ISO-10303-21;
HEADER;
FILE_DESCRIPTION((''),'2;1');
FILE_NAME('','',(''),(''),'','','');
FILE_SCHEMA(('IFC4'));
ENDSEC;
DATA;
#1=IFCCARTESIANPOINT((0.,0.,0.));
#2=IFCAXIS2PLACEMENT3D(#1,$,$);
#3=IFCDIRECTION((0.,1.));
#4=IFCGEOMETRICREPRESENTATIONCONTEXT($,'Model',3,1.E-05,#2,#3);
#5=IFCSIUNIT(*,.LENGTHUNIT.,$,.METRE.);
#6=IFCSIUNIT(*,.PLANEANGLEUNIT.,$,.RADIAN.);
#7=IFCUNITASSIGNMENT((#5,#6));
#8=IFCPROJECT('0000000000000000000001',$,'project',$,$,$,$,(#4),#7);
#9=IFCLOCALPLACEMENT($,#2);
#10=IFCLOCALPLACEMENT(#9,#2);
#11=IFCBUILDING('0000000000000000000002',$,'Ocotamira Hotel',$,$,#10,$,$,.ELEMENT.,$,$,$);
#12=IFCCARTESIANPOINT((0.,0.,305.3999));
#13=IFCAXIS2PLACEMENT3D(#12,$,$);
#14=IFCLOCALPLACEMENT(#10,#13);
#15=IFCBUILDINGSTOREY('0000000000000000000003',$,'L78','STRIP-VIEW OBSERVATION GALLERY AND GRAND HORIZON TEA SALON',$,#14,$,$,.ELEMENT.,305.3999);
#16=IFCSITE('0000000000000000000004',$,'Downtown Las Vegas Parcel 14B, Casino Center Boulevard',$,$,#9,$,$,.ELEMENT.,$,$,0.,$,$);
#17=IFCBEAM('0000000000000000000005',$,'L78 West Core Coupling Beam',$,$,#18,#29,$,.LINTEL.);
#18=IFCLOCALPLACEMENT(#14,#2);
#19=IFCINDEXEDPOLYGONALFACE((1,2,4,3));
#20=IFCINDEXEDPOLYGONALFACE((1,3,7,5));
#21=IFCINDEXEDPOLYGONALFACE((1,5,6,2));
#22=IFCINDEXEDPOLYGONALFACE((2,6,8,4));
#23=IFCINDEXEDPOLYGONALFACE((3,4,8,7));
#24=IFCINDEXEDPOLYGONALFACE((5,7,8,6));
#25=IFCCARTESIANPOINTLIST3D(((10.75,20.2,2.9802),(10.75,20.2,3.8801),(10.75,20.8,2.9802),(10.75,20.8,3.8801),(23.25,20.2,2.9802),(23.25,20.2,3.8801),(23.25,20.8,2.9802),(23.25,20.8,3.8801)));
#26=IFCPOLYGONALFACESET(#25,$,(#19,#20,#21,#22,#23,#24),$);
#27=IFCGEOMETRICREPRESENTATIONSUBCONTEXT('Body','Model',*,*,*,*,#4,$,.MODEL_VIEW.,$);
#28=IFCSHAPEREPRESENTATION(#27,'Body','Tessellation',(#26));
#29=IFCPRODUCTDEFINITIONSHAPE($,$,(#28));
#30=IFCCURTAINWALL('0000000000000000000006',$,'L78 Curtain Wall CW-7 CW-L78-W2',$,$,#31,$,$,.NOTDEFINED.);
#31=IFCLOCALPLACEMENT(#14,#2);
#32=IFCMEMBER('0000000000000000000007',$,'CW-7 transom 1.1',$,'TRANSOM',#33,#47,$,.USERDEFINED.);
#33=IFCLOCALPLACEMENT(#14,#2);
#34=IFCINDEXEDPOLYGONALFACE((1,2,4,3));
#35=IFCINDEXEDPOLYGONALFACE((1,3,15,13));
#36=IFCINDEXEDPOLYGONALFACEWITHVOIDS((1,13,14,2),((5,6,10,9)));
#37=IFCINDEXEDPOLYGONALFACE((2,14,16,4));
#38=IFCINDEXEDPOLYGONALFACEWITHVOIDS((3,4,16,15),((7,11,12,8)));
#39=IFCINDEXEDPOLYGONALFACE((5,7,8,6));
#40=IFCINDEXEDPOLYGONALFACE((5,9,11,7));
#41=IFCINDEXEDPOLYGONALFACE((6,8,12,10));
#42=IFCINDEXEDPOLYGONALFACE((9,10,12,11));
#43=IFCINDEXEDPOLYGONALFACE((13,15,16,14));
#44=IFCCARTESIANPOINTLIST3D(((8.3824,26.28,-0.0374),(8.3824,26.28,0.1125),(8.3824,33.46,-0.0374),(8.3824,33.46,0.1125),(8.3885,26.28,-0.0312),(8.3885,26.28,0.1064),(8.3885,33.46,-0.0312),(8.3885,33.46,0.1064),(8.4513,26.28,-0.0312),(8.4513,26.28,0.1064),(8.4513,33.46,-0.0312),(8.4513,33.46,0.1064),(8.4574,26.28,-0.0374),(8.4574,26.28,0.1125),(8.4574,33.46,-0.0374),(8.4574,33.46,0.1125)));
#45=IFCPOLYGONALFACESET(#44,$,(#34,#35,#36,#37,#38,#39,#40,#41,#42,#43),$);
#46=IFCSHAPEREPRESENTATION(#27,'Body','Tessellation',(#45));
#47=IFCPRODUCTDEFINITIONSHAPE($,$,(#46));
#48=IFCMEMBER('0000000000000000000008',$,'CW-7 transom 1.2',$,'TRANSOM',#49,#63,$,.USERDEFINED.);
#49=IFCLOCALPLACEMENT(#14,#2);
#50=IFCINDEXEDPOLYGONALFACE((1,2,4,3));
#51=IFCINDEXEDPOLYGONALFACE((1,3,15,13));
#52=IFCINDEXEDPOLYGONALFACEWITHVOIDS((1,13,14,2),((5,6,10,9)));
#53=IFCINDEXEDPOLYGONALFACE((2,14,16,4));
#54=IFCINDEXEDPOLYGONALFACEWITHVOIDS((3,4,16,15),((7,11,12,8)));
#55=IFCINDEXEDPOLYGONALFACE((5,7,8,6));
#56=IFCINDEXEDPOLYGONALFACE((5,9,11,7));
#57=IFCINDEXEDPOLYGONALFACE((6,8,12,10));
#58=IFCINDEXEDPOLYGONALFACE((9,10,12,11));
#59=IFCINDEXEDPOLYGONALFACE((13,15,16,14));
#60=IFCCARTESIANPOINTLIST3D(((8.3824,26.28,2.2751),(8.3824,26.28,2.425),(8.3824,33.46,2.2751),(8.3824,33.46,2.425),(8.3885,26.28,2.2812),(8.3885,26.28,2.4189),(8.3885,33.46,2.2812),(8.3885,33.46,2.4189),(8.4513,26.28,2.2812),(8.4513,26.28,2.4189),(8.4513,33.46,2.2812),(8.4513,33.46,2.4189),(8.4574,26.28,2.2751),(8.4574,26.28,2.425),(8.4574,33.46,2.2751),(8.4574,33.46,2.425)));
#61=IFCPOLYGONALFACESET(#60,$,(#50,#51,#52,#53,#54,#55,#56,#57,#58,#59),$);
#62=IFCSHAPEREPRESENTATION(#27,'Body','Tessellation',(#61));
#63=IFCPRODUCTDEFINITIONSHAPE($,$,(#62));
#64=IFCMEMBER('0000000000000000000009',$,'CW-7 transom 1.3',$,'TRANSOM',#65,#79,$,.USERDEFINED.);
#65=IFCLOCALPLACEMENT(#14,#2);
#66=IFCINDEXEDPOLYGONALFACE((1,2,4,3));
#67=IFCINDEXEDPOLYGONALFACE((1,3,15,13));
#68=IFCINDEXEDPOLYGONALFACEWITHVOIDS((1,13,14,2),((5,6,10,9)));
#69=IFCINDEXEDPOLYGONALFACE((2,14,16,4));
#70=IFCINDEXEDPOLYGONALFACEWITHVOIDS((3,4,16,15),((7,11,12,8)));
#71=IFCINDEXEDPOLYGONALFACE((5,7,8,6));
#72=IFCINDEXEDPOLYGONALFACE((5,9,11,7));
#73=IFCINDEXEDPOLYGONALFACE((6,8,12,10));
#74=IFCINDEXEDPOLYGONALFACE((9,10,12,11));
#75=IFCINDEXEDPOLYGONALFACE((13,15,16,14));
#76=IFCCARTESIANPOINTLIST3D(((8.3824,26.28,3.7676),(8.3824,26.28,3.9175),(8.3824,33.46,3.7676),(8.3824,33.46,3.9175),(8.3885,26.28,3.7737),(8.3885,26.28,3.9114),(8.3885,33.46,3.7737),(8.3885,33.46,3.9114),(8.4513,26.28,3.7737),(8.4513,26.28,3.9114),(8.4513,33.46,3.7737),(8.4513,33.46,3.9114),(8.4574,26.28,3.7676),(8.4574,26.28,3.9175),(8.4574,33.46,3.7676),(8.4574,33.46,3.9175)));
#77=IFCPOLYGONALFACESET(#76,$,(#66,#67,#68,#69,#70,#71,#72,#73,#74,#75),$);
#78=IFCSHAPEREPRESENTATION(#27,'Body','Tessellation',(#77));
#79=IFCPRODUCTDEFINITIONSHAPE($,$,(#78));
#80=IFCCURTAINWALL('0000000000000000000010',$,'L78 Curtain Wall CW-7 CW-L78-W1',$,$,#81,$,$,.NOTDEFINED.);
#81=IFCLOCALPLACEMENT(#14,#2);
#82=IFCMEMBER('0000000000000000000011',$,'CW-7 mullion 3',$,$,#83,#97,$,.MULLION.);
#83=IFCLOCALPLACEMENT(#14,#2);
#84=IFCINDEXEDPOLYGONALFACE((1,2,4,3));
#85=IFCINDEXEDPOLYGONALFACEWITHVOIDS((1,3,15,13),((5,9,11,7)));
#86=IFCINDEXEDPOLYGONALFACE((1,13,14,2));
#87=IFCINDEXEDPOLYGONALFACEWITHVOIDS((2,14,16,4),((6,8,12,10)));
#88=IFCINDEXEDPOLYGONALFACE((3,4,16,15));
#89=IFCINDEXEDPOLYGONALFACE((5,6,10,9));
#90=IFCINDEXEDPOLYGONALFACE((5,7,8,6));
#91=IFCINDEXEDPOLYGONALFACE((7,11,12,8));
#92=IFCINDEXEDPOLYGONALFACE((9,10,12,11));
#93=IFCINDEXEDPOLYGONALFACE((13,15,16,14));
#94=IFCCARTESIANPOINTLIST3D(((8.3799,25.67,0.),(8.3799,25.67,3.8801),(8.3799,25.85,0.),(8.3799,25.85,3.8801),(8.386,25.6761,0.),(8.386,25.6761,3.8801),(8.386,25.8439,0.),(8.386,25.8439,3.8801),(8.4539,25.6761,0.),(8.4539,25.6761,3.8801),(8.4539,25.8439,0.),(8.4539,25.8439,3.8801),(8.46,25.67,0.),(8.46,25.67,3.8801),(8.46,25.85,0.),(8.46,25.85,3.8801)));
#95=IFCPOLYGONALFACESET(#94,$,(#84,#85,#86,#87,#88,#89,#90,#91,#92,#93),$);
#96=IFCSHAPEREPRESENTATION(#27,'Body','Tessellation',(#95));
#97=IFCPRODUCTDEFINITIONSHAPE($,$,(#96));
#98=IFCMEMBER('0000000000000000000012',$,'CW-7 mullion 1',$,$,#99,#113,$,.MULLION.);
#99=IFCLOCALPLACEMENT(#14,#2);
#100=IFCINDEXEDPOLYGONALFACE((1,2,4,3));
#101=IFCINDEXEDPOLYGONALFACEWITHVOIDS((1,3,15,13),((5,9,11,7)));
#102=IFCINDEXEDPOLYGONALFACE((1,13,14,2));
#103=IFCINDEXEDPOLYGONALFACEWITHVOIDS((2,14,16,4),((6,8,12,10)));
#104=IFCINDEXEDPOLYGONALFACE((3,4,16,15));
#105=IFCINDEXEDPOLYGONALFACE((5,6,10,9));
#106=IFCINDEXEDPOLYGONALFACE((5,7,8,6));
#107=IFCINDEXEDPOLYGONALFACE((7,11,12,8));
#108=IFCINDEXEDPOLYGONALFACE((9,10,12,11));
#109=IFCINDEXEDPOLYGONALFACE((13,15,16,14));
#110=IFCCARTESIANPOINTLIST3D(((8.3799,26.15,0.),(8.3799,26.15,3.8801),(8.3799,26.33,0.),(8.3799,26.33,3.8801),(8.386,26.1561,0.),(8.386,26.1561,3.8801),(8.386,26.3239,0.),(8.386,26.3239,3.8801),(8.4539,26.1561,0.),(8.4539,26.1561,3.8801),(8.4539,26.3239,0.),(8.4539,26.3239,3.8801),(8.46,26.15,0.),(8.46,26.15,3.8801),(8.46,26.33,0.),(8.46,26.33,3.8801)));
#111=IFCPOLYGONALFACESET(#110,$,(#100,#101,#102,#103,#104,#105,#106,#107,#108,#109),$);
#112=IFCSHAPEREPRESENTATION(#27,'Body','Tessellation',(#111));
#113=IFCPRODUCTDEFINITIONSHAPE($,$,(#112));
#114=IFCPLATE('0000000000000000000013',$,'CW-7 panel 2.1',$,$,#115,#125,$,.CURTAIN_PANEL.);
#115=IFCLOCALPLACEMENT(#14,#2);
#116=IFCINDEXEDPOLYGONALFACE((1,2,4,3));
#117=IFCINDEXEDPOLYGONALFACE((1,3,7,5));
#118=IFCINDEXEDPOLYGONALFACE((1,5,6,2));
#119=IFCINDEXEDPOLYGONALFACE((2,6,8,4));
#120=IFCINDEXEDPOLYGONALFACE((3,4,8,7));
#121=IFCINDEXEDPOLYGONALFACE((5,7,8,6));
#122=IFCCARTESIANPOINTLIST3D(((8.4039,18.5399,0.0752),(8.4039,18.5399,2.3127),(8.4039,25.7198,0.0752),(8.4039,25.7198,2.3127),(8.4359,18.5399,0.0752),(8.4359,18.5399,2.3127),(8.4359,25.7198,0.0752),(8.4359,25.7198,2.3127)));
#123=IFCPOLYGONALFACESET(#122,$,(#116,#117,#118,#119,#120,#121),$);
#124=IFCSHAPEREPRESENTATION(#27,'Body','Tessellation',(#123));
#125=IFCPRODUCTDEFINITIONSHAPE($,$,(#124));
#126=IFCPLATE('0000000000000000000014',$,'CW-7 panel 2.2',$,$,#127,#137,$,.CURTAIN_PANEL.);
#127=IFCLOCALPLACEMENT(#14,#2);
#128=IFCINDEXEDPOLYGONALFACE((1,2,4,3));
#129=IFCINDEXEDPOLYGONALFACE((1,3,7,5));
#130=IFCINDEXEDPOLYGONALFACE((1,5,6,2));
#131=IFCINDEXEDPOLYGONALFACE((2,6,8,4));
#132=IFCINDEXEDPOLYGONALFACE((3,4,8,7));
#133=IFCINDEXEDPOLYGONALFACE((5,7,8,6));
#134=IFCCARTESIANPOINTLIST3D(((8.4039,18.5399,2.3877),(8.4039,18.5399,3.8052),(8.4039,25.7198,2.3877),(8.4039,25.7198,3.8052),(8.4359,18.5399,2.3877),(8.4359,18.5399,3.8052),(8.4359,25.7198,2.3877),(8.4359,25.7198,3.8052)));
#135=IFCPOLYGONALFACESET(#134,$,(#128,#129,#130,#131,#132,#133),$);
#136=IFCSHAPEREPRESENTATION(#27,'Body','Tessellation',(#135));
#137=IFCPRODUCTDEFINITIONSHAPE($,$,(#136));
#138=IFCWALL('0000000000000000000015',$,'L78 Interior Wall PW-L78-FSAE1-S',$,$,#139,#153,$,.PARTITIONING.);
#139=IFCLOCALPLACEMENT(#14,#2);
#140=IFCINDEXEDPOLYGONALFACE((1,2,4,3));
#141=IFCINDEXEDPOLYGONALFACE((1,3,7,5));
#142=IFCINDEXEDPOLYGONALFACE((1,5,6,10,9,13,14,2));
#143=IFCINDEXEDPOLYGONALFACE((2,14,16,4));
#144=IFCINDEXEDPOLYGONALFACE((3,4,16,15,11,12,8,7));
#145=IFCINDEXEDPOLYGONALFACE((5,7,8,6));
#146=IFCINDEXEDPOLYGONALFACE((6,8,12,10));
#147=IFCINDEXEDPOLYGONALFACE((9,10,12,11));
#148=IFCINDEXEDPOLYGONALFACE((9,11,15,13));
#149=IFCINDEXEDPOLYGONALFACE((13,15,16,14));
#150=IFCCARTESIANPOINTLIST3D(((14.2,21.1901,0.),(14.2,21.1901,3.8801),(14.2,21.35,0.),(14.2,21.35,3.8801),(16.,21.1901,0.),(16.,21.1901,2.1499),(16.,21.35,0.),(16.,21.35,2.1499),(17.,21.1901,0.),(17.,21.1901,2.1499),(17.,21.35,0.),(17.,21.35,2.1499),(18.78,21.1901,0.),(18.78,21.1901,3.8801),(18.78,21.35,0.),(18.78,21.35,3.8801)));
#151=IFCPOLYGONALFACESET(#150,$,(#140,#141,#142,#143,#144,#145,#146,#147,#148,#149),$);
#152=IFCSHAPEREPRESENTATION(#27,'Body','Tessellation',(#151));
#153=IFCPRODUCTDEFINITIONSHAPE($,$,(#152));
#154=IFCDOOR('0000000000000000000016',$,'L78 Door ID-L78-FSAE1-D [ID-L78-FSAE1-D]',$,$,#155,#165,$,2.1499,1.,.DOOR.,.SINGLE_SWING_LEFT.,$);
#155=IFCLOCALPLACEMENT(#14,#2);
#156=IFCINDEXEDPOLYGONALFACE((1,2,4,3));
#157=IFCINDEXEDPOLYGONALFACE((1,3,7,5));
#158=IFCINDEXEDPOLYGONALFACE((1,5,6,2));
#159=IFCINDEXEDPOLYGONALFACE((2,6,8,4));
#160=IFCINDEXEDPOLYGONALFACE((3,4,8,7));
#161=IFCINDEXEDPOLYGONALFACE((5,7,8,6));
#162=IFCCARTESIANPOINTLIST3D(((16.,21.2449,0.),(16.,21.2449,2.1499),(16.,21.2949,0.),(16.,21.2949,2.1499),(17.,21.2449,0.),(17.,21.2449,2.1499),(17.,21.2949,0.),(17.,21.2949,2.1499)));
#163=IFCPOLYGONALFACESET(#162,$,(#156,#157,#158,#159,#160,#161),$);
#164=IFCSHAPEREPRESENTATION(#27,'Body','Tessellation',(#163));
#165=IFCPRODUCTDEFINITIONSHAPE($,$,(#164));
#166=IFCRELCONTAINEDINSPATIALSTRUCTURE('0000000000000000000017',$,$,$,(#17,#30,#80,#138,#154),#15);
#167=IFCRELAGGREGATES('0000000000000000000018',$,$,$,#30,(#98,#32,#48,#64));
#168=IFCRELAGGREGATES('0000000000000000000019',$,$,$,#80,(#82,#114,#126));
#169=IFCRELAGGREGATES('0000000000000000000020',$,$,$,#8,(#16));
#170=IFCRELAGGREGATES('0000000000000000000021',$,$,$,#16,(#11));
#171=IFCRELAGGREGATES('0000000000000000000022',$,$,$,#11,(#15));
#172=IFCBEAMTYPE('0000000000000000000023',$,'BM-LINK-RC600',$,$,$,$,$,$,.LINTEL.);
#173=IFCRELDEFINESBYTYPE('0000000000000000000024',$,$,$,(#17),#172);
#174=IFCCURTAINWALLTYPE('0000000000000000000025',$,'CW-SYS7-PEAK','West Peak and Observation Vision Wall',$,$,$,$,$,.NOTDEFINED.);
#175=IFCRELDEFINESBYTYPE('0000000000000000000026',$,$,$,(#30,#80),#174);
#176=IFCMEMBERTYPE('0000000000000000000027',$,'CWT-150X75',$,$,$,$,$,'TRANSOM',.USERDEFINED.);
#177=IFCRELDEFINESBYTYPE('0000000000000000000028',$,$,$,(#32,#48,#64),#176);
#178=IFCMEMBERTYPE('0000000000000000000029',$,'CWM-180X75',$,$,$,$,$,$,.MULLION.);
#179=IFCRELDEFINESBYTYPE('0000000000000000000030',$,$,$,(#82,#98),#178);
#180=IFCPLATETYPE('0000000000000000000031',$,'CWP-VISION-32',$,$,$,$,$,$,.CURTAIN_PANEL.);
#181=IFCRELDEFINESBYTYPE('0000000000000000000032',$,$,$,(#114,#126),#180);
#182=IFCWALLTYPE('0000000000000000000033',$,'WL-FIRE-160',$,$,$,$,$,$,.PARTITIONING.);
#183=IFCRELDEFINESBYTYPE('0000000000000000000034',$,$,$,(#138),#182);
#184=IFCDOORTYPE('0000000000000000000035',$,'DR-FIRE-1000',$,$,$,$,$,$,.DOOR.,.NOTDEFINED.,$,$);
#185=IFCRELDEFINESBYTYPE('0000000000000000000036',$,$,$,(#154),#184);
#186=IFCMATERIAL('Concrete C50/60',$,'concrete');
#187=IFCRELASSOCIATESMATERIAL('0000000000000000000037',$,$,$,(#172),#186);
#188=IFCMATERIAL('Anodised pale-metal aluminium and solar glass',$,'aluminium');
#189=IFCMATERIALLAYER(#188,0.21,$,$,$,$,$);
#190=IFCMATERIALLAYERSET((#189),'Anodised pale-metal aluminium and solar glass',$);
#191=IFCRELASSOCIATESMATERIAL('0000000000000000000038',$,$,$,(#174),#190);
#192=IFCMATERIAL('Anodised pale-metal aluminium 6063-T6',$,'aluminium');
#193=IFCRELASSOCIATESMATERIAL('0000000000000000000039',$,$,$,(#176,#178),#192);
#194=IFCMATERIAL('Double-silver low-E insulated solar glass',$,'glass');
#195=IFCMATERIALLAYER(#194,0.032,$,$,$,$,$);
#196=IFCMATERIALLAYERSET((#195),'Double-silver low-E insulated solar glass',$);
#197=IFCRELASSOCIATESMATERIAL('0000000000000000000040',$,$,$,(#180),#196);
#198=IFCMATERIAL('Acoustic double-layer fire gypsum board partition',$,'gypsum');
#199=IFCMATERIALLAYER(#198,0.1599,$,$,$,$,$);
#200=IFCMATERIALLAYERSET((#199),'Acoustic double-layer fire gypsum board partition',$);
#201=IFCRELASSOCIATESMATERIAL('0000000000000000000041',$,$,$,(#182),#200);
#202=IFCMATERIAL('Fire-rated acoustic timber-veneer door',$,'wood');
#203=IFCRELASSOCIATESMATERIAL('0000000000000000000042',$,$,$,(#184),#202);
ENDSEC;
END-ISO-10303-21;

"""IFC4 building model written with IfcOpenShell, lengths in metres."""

from ifc_helpers import new_model, si_unit, direction, frame, frame_2d, origin, origin_2d, place, context, subcontext, project, spatial, rectangle, hollow_rectangle, extrude, source, transform, mapped, material, layer, layer_set, material_profile, profile_set, type_object, element, fill, aggregate, save


model = new_model("IFC4")

# Units and contexts
model_context = context("Model", 3, precision=1e-05, world=origin(), true_north=direction((0.0, 1.0)))
body_context = subcontext(model_context, "Body", "Model", "MODEL_VIEW")
ifc_project = project(units=[si_unit("LENGTHUNIT", "METRE"), si_unit("PLANEANGLEUNIT", "RADIAN")], contexts=[model_context])

# Site, building, storey
site_placement = place(None, origin())
site = spatial("IfcSite", under=ifc_project, at=site_placement, Name="Downtown Las Vegas Parcel 14B, Casino Center Boulevard", CompositionType="ELEMENT", RefElevation=0.0)
building_placement = place(site_placement, origin())
building = spatial("IfcBuilding", under=site, at=building_placement, Name="Ocotamira Hotel", CompositionType="ELEMENT")
storey_placement = place(building_placement, frame((0.0, 0.0, 305.3999)))
storey = spatial("IfcBuildingStorey", under=building, at=storey_placement, Name="L78", Description="STRIP-VIEW OBSERVATION GALLERY AND GRAND HORIZON TEA SALON", CompositionType="ELEMENT", Elevation=305.3999)

# Beam
ifc_material_1 = material(Name="Concrete C50/60", Category="concrete")
ifc_material_profile_1 = material_profile(ifc_material_1, rectangle(XDim=0.6001, YDim=0.8999, at=origin_2d()), Name="RC600X900")
ifc_profile_set_1 = profile_set([ifc_material_profile_1], Name="Concrete C50/60")
beam_type = type_object("IfcBeamType", Name="BM-LINK-RC600", PredefinedType="LINTEL", material=ifc_profile_set_1)
shared_shape_1 = source(origin(), body_context, "Body", "SweptSolid", [
    extrude(rectangle(XDim=0.6001, YDim=0.8999, at=origin_2d()), origin(), (0.0, 0.0, 1.0), 12.5),
])
beam_placement = place(storey_placement, frame((10.75, 20.5, 3.4302), z_axis=(1.0, 0.0, 0.0), x_axis=(0.0, 1.0, 0.0)))
element("IfcBeam", 1, at=beam_placement, inside=storey, type_object=beam_type, Name="L78 West Core Coupling Beam", PredefinedType="LINTEL", context=body_context, shape_type="MappedRepresentation", body=[
    mapped(shared_shape_1, transform((0.0, 0.0, 0.0), scale=1.0)),
])

# Curtain wall, members
ifc_material_2 = material(Name="Anodised pale-metal aluminium and solar glass", Category="aluminium")
ifc_layer_1 = layer(ifc_material_2, 0.21)
ifc_layer_set_1 = layer_set([ifc_layer_1], Name="Anodised pale-metal aluminium and solar glass")
curtain_wall_type = type_object("IfcCurtainWallType", Name="CW-SYS7-PEAK", Description="West Peak and Observation Vision Wall", PredefinedType="NOTDEFINED", material=ifc_layer_set_1)
curtain_wall_1_placement = place(storey_placement, origin())
curtain_wall_1 = element("IfcCurtainWall", 2, at=curtain_wall_1_placement, inside=storey, type_object=curtain_wall_type, Name="L78 Curtain Wall CW-7 CW-L78-W2", PredefinedType="NOTDEFINED")
ifc_material_3 = material(Name="Anodised pale-metal aluminium 6063-T6", Category="aluminium")
ifc_material_profile_2 = material_profile(ifc_material_3, hollow_rectangle(XDim=0.075, YDim=0.1499, WallThickness=0.0061, at=origin_2d()), Name="HSS150X75X6")
ifc_profile_set_2 = profile_set([ifc_material_profile_2], Name="Anodised pale-metal aluminium 6063-T6")
member_type_1 = type_object("IfcMemberType", Name="CWT-150X75", ElementType="TRANSOM", PredefinedType="USERDEFINED", material=ifc_profile_set_2)
shared_shape_2 = source(origin(), body_context, "Body", "SweptSolid", [
    extrude(hollow_rectangle(XDim=0.075, YDim=0.1499, WallThickness=0.0061, at=origin_2d()), origin(), (0.0, 0.0, 1.0), 7.1799),
])
member_1_placement = place(storey_placement, frame((8.4199, 26.28, 0.0376), z_axis=(0.0, 1.0, 0.0), x_axis=(-1.0, 0.0, 0.0)))
member_1 = element("IfcMember", 3, at=member_1_placement, type_object=member_type_1, Name="CW-7 transom 1.1", ObjectType="TRANSOM", PredefinedType="USERDEFINED", context=body_context, shape_type="MappedRepresentation", body=[
    mapped(shared_shape_2, transform((0.0, 0.0, 0.0), scale=1.0)),
])
member_2_placement = place(storey_placement, frame((8.4199, 26.28, 2.3501), z_axis=(0.0, 1.0, 0.0), x_axis=(-1.0, 0.0, 0.0)))
member_2 = element("IfcMember", 4, at=member_2_placement, type_object=member_type_1, Name="CW-7 transom 1.2", ObjectType="TRANSOM", PredefinedType="USERDEFINED", context=body_context, shape_type="MappedRepresentation", body=[
    mapped(shared_shape_2, transform((0.0, 0.0, 0.0), scale=1.0)),
])
member_3_placement = place(storey_placement, frame((8.4199, 26.28, 3.8425), z_axis=(0.0, 1.0, 0.0), x_axis=(-1.0, 0.0, 0.0)))
member_3 = element("IfcMember", 5, at=member_3_placement, type_object=member_type_1, Name="CW-7 transom 1.3", ObjectType="TRANSOM", PredefinedType="USERDEFINED", context=body_context, shape_type="MappedRepresentation", body=[
    mapped(shared_shape_2, transform((0.0, 0.0, 0.0), scale=1.0)),
])

# Curtain wall, member
curtain_wall_2_placement = place(storey_placement, origin())
curtain_wall_2 = element("IfcCurtainWall", 6, at=curtain_wall_2_placement, inside=storey, type_object=curtain_wall_type, Name="L78 Curtain Wall CW-7 CW-L78-W1", PredefinedType="NOTDEFINED")
ifc_material_profile_3 = material_profile(ifc_material_3, hollow_rectangle(XDim=0.0801, YDim=0.1799, WallThickness=0.0061, at=origin_2d()), Name="HSS180X80X6")
ifc_profile_set_3 = profile_set([ifc_material_profile_3], Name="Anodised pale-metal aluminium 6063-T6")
member_type_2 = type_object("IfcMemberType", Name="CWM-180X75", PredefinedType="MULLION", material=ifc_profile_set_3)
shared_shape_3 = source(origin(), body_context, "Body", "SweptSolid", [
    extrude(hollow_rectangle(XDim=0.0801, YDim=0.1799, WallThickness=0.0061, at=origin_2d()), origin(), (0.0, 0.0, 1.0), 3.8801),
])
member_4_placement = place(storey_placement, frame((8.4199, 25.76, 0.0), z_axis=(0.0, 0.0, 1.0), x_axis=(-1.0, 0.0, 0.0)))
member_4 = element("IfcMember", 7, at=member_4_placement, type_object=member_type_2, Name="CW-7 mullion 3", PredefinedType="MULLION", context=body_context, shape_type="MappedRepresentation", body=[
    mapped(shared_shape_3, transform((0.0, 0.0, 0.0), scale=1.0)),
])

# Member
member_5_placement = place(storey_placement, frame((8.4199, 26.24, 0.0), z_axis=(0.0, 0.0, 1.0), x_axis=(-1.0, 0.0, 0.0)))
member_5 = element("IfcMember", 8, at=member_5_placement, type_object=member_type_2, Name="CW-7 mullion 1", PredefinedType="MULLION", context=body_context, shape_type="MappedRepresentation", body=[
    mapped(shared_shape_3, transform((0.0, 0.0, 0.0), scale=1.0)),
])
aggregate(curtain_wall_1, [member_5, member_1, member_2, member_3])

# Plates
ifc_material_4 = material(Name="Double-silver low-E insulated solar glass", Category="glass")
ifc_layer_2 = layer(ifc_material_4, 0.032)
ifc_layer_set_2 = layer_set([ifc_layer_2], Name="Double-silver low-E insulated solar glass")
plate_type = type_object("IfcPlateType", Name="CWP-VISION-32", PredefinedType="CURTAIN_PANEL", material=ifc_layer_set_2)
shared_shape_4 = source(origin(), body_context, "Body", "SweptSolid", [
    extrude(rectangle(XDim=7.1799, YDim=0.032, at=origin_2d()), origin(), (0.0, 0.0, 1.0), 2.2375),
])
plate_1_placement = place(storey_placement, frame((8.4199, 22.1299, 0.0752), z_axis=(0.0, 0.0, 1.0), x_axis=(0.0, 1.0, 0.0)))
plate_1 = element("IfcPlate", 9, at=plate_1_placement, type_object=plate_type, Name="CW-7 panel 2.1", PredefinedType="CURTAIN_PANEL", context=body_context, shape_type="MappedRepresentation", body=[
    mapped(shared_shape_4, transform((0.0, 0.0, 0.0), scale=1.0)),
])
shared_shape_5 = source(origin(), body_context, "Body", "SweptSolid", [
    extrude(rectangle(XDim=7.1799, YDim=0.032, at=origin_2d()), origin(), (0.0, 0.0, 1.0), 1.4175),
])
plate_2_placement = place(storey_placement, frame((8.4199, 22.1299, 2.3877), z_axis=(0.0, 0.0, 1.0), x_axis=(0.0, 1.0, 0.0)))
plate_2 = element("IfcPlate", 10, at=plate_2_placement, type_object=plate_type, Name="CW-7 panel 2.2", PredefinedType="CURTAIN_PANEL", context=body_context, shape_type="MappedRepresentation", body=[
    mapped(shared_shape_5, transform((0.0, 0.0, 0.0), scale=1.0)),
])
aggregate(curtain_wall_2, [member_4, plate_1, plate_2])

# Wall, opening, door
ifc_material_5 = material(Name="Acoustic double-layer fire gypsum board partition", Category="gypsum")
ifc_layer_3 = layer(ifc_material_5, 0.1599)
ifc_layer_set_3 = layer_set([ifc_layer_3], Name="Acoustic double-layer fire gypsum board partition")
wall_type_1 = type_object("IfcWallType", Name="WL-FIRE-160", PredefinedType="PARTITIONING", material=ifc_layer_set_3)
wall_1_placement = place(storey_placement, frame((14.2, 21.27, 0.0), z_axis=(0.0, 0.0, 1.0), x_axis=(1.0, 0.0, 0.0)))
wall_1 = element("IfcWall", 11, at=wall_1_placement, inside=storey, type_object=wall_type_1, Name="L78 Interior Wall PW-L78-FSAE1-S", PredefinedType="PARTITIONING", context=body_context, shape_type="SweptSolid", body=[
    extrude(rectangle(XDim=4.5801, YDim=0.1599, at=frame_2d((2.29, 0.0))), origin(), (0.0, 0.0, 1.0), 3.8801),
])
opening_1_placement = place(wall_1_placement, frame((1.8, 0.0, 0.0)))
opening_1 = element("IfcOpeningElement", 12, at=opening_1_placement, cuts=wall_1, PredefinedType="OPENING", context=body_context, shape_type="SweptSolid", body=[
    extrude(rectangle(XDim=1.0, YDim=2.1499, at=frame_2d((0.5, 1.075))), frame((0.0, 0.0898, 0.0), z_axis=(0.0, -1.0, 0.0), x_axis=(1.0, 0.0, 0.0)), (0.0, 0.0, 1.0), 0.1799),
])
ifc_material_6 = material(Name="Fire-rated acoustic timber-veneer door", Category="wood")
door_type_1 = type_object("IfcDoorType", Name="DR-FIRE-1000", OperationType="NOTDEFINED", PredefinedType="DOOR", material=ifc_material_6)
shared_shape_6 = source(origin(), body_context, "Body", "SweptSolid", [
    extrude(rectangle(XDim=1.0, YDim=2.1499, at=frame_2d((0.5, 1.075))), frame((0.0, 0.0249, 0.0), z_axis=(0.0, -1.0, 0.0), x_axis=(1.0, 0.0, 0.0)), (0.0, 0.0, 1.0), 0.05),
])
door_1_placement = place(opening_1_placement, origin())
door_1 = element("IfcDoor", 13, at=door_1_placement, inside=storey, type_object=door_type_1, Name="L78 Door ID-L78-FSAE1-D [ID-L78-FSAE1-D]", OperationType="SINGLE_SWING_LEFT", OverallHeight=2.1499, OverallWidth=1.0, PredefinedType="DOOR", context=body_context, shape_type="MappedRepresentation", body=[
    mapped(shared_shape_6, transform((0.0, 0.0, 0.0), scale=1.0)),
])
fill(opening_1, door_1)

save(model, "model.ifc")
